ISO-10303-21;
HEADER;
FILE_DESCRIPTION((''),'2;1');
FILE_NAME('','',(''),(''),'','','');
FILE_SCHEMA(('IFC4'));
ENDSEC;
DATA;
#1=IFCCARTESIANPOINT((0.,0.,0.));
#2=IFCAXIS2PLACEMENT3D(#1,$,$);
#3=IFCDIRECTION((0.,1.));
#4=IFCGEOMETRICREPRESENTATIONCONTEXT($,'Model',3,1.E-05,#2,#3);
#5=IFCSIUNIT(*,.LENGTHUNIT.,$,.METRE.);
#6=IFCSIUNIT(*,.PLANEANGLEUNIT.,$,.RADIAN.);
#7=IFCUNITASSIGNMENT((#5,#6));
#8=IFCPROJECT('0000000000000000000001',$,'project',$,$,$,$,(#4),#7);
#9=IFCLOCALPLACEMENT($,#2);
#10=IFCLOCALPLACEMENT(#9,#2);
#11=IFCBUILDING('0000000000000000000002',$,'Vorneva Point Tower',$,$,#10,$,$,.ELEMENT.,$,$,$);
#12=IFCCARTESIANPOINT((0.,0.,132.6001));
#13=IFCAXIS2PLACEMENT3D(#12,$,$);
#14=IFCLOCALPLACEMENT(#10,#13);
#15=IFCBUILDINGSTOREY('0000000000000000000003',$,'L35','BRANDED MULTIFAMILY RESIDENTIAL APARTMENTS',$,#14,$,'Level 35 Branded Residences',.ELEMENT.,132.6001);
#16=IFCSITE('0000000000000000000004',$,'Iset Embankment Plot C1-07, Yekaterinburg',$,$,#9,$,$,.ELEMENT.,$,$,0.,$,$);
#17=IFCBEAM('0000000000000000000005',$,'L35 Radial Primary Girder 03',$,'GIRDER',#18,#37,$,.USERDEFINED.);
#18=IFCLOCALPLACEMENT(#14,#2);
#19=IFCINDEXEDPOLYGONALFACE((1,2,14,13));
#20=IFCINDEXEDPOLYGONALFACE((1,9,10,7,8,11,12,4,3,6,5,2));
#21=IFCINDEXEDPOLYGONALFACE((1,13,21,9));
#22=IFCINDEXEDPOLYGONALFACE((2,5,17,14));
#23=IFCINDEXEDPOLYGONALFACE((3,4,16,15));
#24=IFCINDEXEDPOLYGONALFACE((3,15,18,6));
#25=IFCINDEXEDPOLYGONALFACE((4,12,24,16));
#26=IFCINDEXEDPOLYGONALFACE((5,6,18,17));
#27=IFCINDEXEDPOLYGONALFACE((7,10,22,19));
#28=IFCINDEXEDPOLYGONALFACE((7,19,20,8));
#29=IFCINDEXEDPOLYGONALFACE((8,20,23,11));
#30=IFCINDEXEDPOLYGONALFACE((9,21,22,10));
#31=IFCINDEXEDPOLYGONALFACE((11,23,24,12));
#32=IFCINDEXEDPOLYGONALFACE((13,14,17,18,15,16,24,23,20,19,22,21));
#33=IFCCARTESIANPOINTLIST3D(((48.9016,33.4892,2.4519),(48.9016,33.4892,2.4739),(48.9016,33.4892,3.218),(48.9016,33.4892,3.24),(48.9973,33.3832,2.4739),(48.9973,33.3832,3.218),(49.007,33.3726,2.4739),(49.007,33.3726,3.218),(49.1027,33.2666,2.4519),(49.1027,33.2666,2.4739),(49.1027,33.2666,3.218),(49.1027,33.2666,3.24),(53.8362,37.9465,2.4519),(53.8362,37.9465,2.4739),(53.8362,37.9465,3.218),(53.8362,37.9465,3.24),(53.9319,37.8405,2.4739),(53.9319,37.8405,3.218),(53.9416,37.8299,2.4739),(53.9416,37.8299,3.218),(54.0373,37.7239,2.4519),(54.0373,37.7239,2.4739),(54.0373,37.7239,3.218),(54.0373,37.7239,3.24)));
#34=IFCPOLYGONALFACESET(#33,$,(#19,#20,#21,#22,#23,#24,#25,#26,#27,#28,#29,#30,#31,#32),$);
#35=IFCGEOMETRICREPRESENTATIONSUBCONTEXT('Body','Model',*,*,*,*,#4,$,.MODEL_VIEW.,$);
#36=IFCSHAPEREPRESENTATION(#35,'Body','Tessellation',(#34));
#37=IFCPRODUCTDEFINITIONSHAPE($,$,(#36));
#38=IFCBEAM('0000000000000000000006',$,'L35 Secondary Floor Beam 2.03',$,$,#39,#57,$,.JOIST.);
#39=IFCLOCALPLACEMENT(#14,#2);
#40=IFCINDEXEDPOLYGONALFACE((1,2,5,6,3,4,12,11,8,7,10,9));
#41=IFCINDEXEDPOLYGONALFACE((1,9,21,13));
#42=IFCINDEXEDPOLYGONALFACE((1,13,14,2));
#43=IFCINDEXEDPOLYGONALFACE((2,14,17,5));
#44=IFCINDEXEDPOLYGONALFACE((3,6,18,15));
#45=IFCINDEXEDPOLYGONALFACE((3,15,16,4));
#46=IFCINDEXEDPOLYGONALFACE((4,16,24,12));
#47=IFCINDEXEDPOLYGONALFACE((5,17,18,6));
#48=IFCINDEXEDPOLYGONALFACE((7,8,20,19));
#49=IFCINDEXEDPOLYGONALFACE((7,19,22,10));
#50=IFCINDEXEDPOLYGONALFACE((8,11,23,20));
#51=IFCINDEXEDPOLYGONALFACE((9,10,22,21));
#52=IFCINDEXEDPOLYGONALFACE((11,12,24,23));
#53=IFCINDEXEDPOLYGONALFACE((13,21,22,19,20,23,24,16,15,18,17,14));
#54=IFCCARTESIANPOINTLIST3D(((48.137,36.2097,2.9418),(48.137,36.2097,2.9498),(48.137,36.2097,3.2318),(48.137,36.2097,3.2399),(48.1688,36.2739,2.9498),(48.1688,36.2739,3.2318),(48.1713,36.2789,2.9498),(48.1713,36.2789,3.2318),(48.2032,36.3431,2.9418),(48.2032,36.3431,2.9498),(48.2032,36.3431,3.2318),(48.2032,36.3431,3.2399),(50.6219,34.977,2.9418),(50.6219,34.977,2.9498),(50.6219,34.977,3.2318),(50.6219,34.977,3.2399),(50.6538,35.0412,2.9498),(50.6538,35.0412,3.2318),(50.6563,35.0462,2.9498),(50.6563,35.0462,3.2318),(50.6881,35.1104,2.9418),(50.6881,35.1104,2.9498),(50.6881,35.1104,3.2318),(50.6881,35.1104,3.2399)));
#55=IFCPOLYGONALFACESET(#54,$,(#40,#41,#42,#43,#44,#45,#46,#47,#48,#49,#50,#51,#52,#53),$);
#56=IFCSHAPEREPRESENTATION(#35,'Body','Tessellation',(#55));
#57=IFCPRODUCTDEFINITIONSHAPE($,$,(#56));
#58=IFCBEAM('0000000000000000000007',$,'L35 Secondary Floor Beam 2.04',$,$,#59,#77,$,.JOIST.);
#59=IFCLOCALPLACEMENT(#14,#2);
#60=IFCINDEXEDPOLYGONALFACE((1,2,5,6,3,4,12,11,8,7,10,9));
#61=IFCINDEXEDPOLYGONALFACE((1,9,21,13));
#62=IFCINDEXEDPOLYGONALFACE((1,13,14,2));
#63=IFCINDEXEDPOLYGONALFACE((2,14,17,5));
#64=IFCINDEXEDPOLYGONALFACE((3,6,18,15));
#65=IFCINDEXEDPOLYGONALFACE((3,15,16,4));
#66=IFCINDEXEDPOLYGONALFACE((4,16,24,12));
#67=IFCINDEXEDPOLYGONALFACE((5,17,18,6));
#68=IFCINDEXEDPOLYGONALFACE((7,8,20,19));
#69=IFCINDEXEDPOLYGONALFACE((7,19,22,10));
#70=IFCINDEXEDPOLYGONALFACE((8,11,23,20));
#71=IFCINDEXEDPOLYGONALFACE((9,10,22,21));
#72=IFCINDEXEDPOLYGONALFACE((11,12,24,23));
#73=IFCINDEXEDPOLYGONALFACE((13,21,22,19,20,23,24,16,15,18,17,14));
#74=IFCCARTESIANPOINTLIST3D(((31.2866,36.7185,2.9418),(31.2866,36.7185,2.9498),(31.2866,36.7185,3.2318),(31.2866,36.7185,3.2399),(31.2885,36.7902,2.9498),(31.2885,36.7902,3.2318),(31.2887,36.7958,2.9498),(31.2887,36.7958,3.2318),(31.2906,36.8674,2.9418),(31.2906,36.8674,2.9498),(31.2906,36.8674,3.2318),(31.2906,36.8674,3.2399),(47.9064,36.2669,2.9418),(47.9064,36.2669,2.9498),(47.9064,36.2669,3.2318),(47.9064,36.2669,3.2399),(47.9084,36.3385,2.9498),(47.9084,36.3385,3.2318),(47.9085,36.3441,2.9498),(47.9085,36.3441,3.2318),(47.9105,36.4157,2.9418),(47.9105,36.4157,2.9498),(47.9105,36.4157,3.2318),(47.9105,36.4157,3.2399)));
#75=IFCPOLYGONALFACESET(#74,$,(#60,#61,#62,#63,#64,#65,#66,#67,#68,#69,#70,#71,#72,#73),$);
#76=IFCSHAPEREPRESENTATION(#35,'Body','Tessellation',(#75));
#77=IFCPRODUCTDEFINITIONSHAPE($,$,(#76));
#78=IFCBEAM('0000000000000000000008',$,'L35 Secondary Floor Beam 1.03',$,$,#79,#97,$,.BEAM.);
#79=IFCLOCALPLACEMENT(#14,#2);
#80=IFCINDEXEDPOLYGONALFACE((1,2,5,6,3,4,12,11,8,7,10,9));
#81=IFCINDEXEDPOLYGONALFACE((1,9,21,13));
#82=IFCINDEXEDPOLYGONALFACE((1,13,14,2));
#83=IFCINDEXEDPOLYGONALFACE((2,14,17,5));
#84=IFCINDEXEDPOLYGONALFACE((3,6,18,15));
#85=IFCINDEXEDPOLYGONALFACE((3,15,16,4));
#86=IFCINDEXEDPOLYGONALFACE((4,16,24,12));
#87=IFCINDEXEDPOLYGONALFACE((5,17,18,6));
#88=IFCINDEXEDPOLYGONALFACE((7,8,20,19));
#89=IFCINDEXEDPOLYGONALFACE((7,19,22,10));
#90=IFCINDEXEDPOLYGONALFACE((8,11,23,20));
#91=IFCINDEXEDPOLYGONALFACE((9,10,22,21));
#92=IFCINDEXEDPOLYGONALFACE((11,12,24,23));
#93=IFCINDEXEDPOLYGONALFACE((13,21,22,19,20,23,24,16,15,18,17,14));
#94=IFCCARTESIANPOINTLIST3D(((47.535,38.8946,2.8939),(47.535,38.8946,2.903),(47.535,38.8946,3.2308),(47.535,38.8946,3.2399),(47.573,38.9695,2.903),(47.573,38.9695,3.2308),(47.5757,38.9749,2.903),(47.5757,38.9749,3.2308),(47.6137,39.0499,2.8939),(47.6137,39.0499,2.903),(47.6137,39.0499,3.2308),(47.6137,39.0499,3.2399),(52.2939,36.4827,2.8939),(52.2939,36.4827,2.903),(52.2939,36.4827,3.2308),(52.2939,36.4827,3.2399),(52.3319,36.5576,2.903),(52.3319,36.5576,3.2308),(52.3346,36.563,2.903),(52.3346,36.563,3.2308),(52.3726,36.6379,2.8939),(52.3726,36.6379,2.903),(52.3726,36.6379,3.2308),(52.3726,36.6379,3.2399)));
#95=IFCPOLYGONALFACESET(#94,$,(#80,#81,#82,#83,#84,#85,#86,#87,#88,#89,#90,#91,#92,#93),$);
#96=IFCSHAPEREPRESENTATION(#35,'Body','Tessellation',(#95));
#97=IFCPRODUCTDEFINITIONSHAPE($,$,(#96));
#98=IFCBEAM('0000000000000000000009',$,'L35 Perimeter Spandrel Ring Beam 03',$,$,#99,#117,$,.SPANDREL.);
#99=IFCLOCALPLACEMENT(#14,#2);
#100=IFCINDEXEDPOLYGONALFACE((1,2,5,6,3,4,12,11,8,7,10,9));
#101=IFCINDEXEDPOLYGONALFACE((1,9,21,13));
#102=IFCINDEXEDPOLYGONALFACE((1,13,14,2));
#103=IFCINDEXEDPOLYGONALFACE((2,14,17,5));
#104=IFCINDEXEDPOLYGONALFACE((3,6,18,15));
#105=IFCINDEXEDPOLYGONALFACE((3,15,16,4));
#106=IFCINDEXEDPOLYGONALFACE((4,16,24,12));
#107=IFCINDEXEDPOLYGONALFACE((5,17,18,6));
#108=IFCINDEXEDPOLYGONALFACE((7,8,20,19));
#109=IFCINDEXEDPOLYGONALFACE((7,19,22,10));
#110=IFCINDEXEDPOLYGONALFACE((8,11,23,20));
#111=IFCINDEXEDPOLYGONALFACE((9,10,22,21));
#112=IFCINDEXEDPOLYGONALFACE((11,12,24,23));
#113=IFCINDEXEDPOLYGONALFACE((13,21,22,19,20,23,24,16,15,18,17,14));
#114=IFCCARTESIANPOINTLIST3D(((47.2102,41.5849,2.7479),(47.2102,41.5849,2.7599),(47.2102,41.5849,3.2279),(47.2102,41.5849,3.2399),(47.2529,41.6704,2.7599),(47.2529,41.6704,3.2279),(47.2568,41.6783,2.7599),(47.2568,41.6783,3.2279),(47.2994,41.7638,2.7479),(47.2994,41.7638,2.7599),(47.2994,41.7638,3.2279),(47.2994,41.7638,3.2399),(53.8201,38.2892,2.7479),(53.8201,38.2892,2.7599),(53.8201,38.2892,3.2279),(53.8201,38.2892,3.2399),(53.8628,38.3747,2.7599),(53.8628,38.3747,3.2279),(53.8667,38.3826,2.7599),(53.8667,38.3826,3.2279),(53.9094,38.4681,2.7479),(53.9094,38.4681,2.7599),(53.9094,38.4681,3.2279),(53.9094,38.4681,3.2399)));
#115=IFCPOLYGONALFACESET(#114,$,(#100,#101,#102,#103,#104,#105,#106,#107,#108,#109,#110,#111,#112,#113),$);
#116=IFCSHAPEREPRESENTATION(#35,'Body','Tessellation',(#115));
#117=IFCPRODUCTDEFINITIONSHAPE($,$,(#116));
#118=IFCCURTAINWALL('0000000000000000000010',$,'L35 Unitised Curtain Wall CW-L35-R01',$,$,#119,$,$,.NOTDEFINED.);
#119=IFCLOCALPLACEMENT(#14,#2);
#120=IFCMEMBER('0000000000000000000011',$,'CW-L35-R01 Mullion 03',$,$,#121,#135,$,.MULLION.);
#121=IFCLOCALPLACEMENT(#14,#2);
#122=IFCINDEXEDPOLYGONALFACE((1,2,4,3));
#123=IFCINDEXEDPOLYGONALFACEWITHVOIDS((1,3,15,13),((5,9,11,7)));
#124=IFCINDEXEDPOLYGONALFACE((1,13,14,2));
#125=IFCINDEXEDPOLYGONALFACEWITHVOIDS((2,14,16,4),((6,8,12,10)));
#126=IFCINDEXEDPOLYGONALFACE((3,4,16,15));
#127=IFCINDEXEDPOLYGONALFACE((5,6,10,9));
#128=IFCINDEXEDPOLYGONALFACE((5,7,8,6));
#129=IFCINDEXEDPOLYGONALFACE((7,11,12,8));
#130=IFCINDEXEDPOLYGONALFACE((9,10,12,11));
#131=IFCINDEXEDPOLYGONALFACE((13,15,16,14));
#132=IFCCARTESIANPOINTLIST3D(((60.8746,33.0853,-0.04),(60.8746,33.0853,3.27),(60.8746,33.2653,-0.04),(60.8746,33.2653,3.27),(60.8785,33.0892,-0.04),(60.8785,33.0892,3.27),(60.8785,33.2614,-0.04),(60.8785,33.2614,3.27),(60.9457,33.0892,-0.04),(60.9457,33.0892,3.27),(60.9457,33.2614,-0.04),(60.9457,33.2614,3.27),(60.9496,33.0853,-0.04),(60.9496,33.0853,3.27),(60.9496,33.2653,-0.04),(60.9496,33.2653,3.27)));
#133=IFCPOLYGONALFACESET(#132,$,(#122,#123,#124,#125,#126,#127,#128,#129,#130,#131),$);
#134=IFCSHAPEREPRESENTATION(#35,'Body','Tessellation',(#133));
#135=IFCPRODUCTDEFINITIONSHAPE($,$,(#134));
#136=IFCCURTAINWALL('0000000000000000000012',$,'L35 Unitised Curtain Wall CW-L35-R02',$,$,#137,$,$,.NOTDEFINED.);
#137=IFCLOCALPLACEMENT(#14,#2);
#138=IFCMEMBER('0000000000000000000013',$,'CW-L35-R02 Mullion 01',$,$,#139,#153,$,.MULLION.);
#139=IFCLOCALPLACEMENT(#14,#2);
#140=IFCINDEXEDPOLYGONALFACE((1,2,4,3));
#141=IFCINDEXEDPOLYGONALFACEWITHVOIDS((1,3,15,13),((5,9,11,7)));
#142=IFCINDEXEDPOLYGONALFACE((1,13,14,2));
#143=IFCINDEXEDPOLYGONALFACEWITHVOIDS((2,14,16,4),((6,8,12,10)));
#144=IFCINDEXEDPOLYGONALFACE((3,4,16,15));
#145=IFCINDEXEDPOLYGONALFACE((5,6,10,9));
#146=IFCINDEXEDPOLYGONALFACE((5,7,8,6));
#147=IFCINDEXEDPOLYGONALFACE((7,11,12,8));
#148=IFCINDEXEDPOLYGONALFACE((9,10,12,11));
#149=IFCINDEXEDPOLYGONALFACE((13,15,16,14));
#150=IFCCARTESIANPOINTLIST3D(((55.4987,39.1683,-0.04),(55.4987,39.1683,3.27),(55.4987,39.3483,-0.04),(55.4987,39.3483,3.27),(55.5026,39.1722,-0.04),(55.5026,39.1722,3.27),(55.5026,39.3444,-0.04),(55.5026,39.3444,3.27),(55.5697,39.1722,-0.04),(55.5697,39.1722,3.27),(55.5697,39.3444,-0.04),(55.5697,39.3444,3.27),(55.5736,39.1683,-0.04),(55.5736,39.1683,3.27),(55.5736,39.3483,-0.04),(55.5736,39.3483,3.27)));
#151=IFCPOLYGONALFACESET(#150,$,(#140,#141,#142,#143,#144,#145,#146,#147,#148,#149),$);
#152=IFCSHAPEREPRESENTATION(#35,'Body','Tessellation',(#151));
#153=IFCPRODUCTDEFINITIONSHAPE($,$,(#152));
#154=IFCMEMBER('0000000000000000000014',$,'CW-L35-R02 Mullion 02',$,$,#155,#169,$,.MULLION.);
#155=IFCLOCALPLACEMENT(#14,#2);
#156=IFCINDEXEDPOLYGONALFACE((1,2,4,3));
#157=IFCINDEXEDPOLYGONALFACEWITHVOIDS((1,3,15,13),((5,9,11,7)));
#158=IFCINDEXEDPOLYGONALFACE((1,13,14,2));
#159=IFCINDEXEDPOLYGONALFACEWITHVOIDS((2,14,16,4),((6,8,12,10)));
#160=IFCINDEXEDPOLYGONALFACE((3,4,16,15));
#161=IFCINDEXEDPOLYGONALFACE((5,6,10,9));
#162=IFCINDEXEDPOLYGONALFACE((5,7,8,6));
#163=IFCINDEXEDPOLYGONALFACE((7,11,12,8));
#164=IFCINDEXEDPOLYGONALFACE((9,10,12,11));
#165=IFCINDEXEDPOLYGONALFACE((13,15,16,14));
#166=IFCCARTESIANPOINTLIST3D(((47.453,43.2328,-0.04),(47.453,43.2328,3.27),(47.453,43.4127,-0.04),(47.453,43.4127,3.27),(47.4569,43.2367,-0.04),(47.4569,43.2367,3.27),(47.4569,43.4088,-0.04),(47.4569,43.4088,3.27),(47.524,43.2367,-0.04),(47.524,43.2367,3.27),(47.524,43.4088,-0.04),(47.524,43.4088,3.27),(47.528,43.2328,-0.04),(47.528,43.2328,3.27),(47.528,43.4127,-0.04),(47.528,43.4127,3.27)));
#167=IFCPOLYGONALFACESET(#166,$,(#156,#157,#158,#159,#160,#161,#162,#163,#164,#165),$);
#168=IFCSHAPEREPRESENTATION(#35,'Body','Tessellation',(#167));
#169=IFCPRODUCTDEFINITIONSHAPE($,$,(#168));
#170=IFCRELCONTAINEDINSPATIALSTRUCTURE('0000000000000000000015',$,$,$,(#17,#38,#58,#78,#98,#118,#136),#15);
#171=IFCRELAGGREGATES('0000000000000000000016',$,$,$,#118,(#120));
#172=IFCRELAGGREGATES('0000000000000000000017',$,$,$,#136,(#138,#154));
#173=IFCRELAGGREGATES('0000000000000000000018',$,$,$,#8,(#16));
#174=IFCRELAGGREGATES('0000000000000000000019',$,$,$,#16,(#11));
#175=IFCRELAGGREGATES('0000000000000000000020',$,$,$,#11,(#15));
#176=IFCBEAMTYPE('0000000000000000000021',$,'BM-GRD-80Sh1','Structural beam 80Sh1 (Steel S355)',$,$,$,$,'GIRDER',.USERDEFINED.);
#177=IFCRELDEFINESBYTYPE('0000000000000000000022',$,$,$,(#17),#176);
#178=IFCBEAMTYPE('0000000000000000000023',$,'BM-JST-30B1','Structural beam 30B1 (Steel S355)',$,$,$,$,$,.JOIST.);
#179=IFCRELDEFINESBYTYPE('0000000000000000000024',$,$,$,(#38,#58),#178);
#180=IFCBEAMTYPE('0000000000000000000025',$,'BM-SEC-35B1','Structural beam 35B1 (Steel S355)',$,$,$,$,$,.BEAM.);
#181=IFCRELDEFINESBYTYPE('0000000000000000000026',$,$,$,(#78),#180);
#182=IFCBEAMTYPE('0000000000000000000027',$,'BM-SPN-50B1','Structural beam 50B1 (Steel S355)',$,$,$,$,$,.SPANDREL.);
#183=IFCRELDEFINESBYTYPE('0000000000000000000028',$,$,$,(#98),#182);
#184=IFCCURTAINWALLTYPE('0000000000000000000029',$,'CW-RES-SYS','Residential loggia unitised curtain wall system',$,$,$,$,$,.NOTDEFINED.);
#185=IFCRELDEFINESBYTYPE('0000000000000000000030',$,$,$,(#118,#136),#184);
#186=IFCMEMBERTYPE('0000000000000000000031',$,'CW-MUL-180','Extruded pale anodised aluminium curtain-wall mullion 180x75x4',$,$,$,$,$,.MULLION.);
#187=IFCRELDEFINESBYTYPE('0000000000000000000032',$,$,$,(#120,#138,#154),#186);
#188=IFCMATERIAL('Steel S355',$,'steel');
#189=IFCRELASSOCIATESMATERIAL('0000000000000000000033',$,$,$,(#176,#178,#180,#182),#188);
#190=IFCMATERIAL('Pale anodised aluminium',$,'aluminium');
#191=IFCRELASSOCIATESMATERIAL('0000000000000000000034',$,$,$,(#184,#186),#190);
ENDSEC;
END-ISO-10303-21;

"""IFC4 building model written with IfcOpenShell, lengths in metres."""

from ifc_helpers import new_model, si_unit, direction, frame, origin, origin_2d, place, context, subcontext, project, spatial, hollow_rectangle, i_section, extrude, material, material_profile, profile_set, type_object, element, aggregate, save


model = new_model("IFC4")

# Units and contexts
model_context = context("Model", 3, precision=1e-05, world=origin(), true_north=direction((0.0, 1.0)))
body_context = subcontext(model_context, "Body", "Model", "MODEL_VIEW")
ifc_project = project(units=[si_unit("LENGTHUNIT", "METRE"), si_unit("PLANEANGLEUNIT", "RADIAN")], contexts=[model_context])

# Site, building, storey
site_placement = place(None, origin())
site = spatial("IfcSite", under=ifc_project, at=site_placement, Name="Iset Embankment Plot C1-07, Yekaterinburg", CompositionType="ELEMENT", RefElevation=0.0)
building_placement = place(site_placement, origin())
building = spatial("IfcBuilding", under=site, at=building_placement, Name="Vorneva Point Tower", CompositionType="ELEMENT")
storey_placement = place(building_placement, frame((0.0, 0.0, 132.6001)))
storey = spatial("IfcBuildingStorey", under=building, at=storey_placement, Name="L35", Description="BRANDED MULTIFAMILY RESIDENTIAL APARTMENTS", LongName="Level 35 Branded Residences", CompositionType="ELEMENT", Elevation=132.6001)

# Beams
ifc_material_1 = material(Name="Steel S355", Category="steel")
ifc_material_profile_1 = material_profile(ifc_material_1, i_section(OverallWidth=0.3, OverallDepth=0.7881, WebThickness=0.0144, FlangeThickness=0.022, at=origin_2d()), Name="80Sh1")
ifc_profile_set_1 = profile_set([ifc_material_profile_1], Name="Steel S355")
beam_type_1 = type_object("IfcBeamType", Name="BM-GRD-80Sh1", Description="Structural beam 80Sh1 (Steel S355)", ElementType="GIRDER", PredefinedType="USERDEFINED", material=ifc_profile_set_1)
beam_1_placement = place(storey_placement, frame((53.9368, 37.8352, 2.8459), z_axis=(-0.742084, -0.670306, 0.0), x_axis=(0.670306, -0.742084, 0.0)))
element("IfcBeam", 1, at=beam_1_placement, inside=storey, type_object=beam_type_1, Name="L35 Radial Primary Girder 03", ObjectType="GIRDER", PredefinedType="USERDEFINED", context=body_context, shape_type="SweptSolid", body=[
    extrude(i_section(OverallWidth=0.3, OverallDepth=0.7881, WebThickness=0.0144, FlangeThickness=0.022, at=origin_2d()), origin(), (0.0, 0.0, 1.0), 6.6497),
])
ifc_material_profile_2 = material_profile(ifc_material_1, i_section(OverallWidth=0.1489, OverallDepth=0.2981, WebThickness=0.0056, FlangeThickness=0.0081, at=origin_2d()), Name="30B1")
ifc_profile_set_2 = profile_set([ifc_material_profile_2], Name="Steel S355")
beam_type_2 = type_object("IfcBeamType", Name="BM-JST-30B1", Description="Structural beam 30B1 (Steel S355)", PredefinedType="JOIST", material=ifc_profile_set_2)
beam_2_placement = place(storey_placement, frame((50.655, 35.0437, 3.0908), z_axis=(-0.895831, 0.444395, 0.0), x_axis=(-0.444395, -0.895831, 0.0)))
element("IfcBeam", 2, at=beam_2_placement, inside=storey, type_object=beam_type_2, Name="L35 Secondary Floor Beam 2.03", PredefinedType="JOIST", context=body_context, shape_type="SweptSolid", body=[
    extrude(i_section(OverallWidth=0.1489, OverallDepth=0.2981, WebThickness=0.0056, FlangeThickness=0.0081, at=origin_2d()), origin(), (0.0, 0.0, 1.0), 2.7739),
])
beam_3_placement = place(storey_placement, frame((47.9084, 36.3413, 3.0908), z_axis=(-0.999631, 0.027166, 0.0), x_axis=(-0.027166, -0.999631, 0.0)))
element("IfcBeam", 3, at=beam_3_placement, inside=storey, type_object=beam_type_2, Name="L35 Secondary Floor Beam 2.04", PredefinedType="JOIST", context=body_context, shape_type="SweptSolid", body=[
    extrude(i_section(OverallWidth=0.1489, OverallDepth=0.2981, WebThickness=0.0056, FlangeThickness=0.0081, at=origin_2d()), origin(), (0.0, 0.0, 1.0), 16.626),
])
ifc_material_profile_3 = material_profile(ifc_material_1, i_section(OverallWidth=0.1741, OverallDepth=0.3459, WebThickness=0.0061, FlangeThickness=0.009, at=origin_2d()), Name="35B1")
ifc_profile_set_3 = profile_set([ifc_material_profile_3], Name="Steel S355")
beam_type_3 = type_object("IfcBeamType", Name="BM-SEC-35B1", Description="Structural beam 35B1 (Steel S355)", PredefinedType="BEAM", material=ifc_profile_set_3)
beam_4_placement = place(storey_placement, frame((52.3333, 36.5603, 3.0669), z_axis=(-0.891979, 0.452076, 0.0), x_axis=(-0.452076, -0.891979, 0.0)))
element("IfcBeam", 4, at=beam_4_placement, inside=storey, type_object=beam_type_3, Name="L35 Secondary Floor Beam 1.03", PredefinedType="BEAM", context=body_context, shape_type="SweptSolid", body=[
    extrude(i_section(OverallWidth=0.1741, OverallDepth=0.3459, WebThickness=0.0061, FlangeThickness=0.009, at=origin_2d()), origin(), (0.0, 0.0, 1.0), 5.3352),
])
ifc_material_profile_4 = material_profile(ifc_material_1, i_section(OverallWidth=0.2, OverallDepth=0.4919, WebThickness=0.0088, FlangeThickness=0.012, at=origin_2d()), Name="50B1")
ifc_profile_set_4 = profile_set([ifc_material_profile_4], Name="Steel S355")
beam_type_4 = type_object("IfcBeamType", Name="BM-SPN-50B1", Description="Structural beam 50B1 (Steel S355)", PredefinedType="SPANDREL", material=ifc_profile_set_4)
beam_5_placement = place(storey_placement, frame((53.8647, 38.3787, 2.9939), z_axis=(-0.894929, 0.446208, 0.0), x_axis=(-0.446208, -0.894929, 0.0)))
element("IfcBeam", 5, at=beam_5_placement, inside=storey, type_object=beam_type_4, Name="L35 Perimeter Spandrel Ring Beam 03", PredefinedType="SPANDREL", context=body_context, shape_type="SweptSolid", body=[
    extrude(i_section(OverallWidth=0.2, OverallDepth=0.4919, WebThickness=0.0088, FlangeThickness=0.012, at=origin_2d()), origin(), (0.0, 0.0, 1.0), 7.386),
])

# Curtain wall, member
ifc_material_2 = material(Name="Pale anodised aluminium", Category="aluminium")
curtain_wall_type = type_object("IfcCurtainWallType", Name="CW-RES-SYS", Description="Residential loggia unitised curtain wall system", PredefinedType="NOTDEFINED", material=ifc_material_2)
curtain_wall_1_placement = place(storey_placement, origin())
curtain_wall_1 = element("IfcCurtainWall", 6, at=curtain_wall_1_placement, inside=storey, type_object=curtain_wall_type, Name="L35 Unitised Curtain Wall CW-L35-R01", PredefinedType="NOTDEFINED")
ifc_material_profile_5 = material_profile(ifc_material_2, hollow_rectangle(XDim=0.075, YDim=0.1799, WallThickness=0.0039, at=origin_2d()), Name="AL-MUL 180x75x4")
ifc_profile_set_5 = profile_set([ifc_material_profile_5], Name="Pale anodised aluminium")
member_type_1 = type_object("IfcMemberType", Name="CW-MUL-180", Description="Extruded pale anodised aluminium curtain-wall mullion 180x75x4", PredefinedType="MULLION", material=ifc_profile_set_5)
member_1_placement = place(storey_placement, frame((60.9121, 33.1753, -0.04), z_axis=(0.0, 0.0, 1.0), x_axis=(1.0, 0.0, 0.0)))
member_1 = element("IfcMember", 7, at=member_1_placement, type_object=member_type_1, Name="CW-L35-R01 Mullion 03", PredefinedType="MULLION", context=body_context, shape_type="SweptSolid", body=[
    extrude(hollow_rectangle(XDim=0.075, YDim=0.1799, WallThickness=0.0039, at=origin_2d()), origin(), (0.0, 0.0, 1.0), 3.3101),
])
aggregate(curtain_wall_1, [member_1])

# Curtain wall, members
curtain_wall_2_placement = place(storey_placement, origin())
curtain_wall_2 = element("IfcCurtainWall", 8, at=curtain_wall_2_placement, inside=storey, type_object=curtain_wall_type, Name="L35 Unitised Curtain Wall CW-L35-R02", PredefinedType="NOTDEFINED")
member_2_placement = place(storey_placement, frame((55.5361, 39.2583, -0.04), z_axis=(0.0, 0.0, 1.0), x_axis=(1.0, 0.0, 0.0)))
member_2 = element("IfcMember", 9, at=member_2_placement, type_object=member_type_1, Name="CW-L35-R02 Mullion 01", PredefinedType="MULLION", context=body_context, shape_type="SweptSolid", body=[
    extrude(hollow_rectangle(XDim=0.075, YDim=0.1799, WallThickness=0.0039, at=origin_2d()), origin(), (0.0, 0.0, 1.0), 3.3101),
])
member_3_placement = place(storey_placement, frame((47.4905, 43.3228, -0.04), z_axis=(0.0, 0.0, 1.0), x_axis=(1.0, 0.0, 0.0)))
member_3 = element("IfcMember", 10, at=member_3_placement, type_object=member_type_1, Name="CW-L35-R02 Mullion 02", PredefinedType="MULLION", context=body_context, shape_type="SweptSolid", body=[
    extrude(hollow_rectangle(XDim=0.075, YDim=0.1799, WallThickness=0.0039, at=origin_2d()), origin(), (0.0, 0.0, 1.0), 3.3101),
])
aggregate(curtain_wall_2, [member_2, member_3])

save(model, "model.ifc")
